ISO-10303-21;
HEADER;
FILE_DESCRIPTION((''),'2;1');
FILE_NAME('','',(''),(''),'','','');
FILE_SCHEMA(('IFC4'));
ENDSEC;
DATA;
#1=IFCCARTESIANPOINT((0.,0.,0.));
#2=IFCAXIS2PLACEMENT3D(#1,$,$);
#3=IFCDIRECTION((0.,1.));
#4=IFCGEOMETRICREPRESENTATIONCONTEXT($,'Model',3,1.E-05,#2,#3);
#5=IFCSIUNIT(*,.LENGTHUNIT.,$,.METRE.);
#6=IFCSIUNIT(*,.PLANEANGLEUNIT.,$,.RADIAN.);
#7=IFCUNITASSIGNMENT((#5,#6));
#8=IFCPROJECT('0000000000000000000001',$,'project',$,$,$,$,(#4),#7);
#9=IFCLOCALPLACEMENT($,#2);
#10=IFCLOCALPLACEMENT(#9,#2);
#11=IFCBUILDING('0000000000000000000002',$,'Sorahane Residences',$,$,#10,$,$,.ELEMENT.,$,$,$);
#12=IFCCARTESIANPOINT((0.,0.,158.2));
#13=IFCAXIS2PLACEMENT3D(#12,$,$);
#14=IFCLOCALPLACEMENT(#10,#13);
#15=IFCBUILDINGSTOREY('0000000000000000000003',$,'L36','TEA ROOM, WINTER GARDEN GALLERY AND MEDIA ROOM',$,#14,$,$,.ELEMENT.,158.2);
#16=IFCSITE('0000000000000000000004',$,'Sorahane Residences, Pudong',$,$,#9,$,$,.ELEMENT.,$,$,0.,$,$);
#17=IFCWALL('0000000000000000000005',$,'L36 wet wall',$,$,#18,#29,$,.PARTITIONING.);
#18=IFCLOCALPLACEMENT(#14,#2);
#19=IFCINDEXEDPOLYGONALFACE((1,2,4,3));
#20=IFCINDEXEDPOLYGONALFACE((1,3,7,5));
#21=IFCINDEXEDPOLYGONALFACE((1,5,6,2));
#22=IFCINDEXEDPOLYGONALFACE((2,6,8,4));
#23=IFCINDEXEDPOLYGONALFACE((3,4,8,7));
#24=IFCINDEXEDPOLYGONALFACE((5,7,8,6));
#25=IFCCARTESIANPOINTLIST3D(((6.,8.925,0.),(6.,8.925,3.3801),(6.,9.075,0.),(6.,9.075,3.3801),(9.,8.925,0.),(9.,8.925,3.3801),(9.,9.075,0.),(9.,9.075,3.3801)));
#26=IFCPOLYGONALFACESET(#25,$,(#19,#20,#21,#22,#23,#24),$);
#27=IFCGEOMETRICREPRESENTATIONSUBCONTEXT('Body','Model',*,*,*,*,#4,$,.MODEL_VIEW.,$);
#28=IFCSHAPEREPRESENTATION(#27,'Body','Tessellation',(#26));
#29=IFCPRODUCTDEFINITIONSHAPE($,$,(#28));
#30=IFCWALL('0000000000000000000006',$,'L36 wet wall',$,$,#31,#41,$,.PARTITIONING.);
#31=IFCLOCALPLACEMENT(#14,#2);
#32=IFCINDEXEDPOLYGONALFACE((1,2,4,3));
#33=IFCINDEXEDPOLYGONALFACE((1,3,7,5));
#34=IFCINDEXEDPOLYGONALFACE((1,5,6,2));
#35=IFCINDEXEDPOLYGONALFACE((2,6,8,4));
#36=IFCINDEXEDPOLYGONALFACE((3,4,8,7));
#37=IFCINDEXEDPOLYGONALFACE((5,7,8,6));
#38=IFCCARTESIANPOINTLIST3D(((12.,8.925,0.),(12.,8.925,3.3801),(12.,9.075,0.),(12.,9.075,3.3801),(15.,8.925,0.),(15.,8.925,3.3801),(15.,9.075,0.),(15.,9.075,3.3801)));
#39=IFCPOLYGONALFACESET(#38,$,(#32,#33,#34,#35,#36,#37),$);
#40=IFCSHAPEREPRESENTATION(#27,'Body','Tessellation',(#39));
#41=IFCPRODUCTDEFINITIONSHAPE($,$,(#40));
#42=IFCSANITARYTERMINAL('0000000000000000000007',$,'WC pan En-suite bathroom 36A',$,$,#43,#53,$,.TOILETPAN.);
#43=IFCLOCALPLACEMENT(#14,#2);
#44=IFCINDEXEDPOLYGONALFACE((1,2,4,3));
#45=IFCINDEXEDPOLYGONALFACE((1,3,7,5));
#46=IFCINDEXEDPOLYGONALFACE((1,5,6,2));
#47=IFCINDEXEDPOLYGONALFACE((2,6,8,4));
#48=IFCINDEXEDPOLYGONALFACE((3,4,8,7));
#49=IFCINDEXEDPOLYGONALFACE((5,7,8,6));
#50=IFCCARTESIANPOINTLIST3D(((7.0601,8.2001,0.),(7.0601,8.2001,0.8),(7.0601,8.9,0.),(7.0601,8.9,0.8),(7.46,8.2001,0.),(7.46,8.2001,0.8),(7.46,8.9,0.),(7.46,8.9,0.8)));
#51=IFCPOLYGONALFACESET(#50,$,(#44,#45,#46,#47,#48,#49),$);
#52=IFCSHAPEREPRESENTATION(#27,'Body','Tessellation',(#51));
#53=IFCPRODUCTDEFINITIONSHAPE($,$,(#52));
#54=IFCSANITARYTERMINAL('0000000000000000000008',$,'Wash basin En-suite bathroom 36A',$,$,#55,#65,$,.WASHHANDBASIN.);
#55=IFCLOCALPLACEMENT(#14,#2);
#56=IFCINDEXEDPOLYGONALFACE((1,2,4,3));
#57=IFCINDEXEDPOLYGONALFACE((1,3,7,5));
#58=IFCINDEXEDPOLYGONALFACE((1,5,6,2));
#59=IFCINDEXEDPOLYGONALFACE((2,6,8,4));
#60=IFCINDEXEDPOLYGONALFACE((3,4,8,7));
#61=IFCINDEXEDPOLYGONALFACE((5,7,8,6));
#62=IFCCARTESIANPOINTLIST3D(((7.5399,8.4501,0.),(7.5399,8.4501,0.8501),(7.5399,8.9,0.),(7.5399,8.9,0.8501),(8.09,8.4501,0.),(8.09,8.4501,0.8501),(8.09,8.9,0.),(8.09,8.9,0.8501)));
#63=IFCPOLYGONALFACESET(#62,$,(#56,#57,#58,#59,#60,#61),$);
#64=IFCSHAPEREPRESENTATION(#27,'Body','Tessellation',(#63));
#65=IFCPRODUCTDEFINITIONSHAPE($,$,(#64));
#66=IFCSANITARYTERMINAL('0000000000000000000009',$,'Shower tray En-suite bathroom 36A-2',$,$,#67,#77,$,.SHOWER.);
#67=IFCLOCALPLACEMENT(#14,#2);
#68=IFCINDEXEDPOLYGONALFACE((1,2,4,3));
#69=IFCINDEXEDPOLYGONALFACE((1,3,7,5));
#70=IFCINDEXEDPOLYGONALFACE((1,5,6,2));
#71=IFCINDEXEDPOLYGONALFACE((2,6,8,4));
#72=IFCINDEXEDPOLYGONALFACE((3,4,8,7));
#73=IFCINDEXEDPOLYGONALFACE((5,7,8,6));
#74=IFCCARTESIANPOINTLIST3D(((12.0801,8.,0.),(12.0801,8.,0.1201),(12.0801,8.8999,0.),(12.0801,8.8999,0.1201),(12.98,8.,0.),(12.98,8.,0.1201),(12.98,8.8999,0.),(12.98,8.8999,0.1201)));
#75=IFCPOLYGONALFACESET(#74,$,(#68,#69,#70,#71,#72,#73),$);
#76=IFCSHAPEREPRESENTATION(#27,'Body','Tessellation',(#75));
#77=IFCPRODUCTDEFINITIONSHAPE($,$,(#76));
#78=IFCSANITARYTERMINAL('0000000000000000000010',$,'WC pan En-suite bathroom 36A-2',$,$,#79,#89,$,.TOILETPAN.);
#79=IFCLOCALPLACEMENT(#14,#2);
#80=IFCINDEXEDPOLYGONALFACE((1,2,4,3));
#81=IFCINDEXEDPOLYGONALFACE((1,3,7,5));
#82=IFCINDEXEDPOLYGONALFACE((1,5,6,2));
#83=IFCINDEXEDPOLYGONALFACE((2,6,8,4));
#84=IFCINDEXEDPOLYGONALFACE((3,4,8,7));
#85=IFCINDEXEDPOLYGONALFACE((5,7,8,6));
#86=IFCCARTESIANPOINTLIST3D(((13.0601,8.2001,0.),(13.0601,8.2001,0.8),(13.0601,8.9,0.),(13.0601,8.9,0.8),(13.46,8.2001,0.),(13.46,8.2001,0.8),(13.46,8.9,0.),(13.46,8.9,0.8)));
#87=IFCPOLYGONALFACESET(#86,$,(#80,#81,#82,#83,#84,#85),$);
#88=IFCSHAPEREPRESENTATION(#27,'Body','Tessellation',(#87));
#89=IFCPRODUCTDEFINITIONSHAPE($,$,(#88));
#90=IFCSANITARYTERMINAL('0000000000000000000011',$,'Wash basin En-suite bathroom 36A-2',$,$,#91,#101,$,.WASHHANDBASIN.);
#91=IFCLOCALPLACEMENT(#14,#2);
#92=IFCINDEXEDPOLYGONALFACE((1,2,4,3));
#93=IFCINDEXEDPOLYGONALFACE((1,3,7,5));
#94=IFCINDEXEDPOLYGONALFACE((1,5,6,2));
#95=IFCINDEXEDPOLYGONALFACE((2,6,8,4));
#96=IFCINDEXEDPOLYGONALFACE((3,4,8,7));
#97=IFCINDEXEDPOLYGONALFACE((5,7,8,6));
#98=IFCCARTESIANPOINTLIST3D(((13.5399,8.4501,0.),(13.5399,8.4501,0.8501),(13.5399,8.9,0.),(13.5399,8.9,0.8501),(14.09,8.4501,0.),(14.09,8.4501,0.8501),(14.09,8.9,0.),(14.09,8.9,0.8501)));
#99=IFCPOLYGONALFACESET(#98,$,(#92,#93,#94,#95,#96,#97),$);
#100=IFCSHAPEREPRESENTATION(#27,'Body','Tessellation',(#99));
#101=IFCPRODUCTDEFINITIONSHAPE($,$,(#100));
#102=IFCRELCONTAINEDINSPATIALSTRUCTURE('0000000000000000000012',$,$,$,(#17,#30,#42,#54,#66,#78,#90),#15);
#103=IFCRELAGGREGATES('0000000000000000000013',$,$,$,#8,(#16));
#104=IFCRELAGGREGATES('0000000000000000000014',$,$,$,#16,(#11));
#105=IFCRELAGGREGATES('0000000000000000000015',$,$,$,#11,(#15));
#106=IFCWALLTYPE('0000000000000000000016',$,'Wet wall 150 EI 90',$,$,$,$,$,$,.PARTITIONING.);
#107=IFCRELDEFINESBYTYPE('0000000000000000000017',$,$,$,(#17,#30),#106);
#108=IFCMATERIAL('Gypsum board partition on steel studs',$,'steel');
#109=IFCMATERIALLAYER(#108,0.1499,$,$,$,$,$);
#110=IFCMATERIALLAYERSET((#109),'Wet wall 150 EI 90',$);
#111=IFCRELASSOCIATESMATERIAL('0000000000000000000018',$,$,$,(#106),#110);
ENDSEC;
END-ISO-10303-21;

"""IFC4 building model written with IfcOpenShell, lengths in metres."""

from ifc_helpers import new_model, si_unit, direction, frame, frame_2d, origin, origin_2d, place, context, subcontext, project, spatial, rectangle, extrude, material, layer, layer_set, type_object, element, save


model = new_model("IFC4")

# Units and contexts
model_context = context("Model", 3, precision=1e-05, world=origin(), true_north=direction((0.0, 1.0)))
body_context = subcontext(model_context, "Body", "Model", "MODEL_VIEW")
ifc_project = project(units=[si_unit("LENGTHUNIT", "METRE"), si_unit("PLANEANGLEUNIT", "RADIAN")], contexts=[model_context])

# Site, building, storey
site_placement = place(None, origin())
site = spatial("IfcSite", under=ifc_project, at=site_placement, Name="Sorahane Residences, Pudong", CompositionType="ELEMENT", RefElevation=0.0)
building_placement = place(site_placement, origin())
building = spatial("IfcBuilding", under=site, at=building_placement, Name="Sorahane Residences", CompositionType="ELEMENT")
storey_placement = place(building_placement, frame((0.0, 0.0, 158.2)))
storey = spatial("IfcBuildingStorey", under=building, at=storey_placement, Name="L36", Description="TEA ROOM, WINTER GARDEN GALLERY AND MEDIA ROOM", CompositionType="ELEMENT", Elevation=158.2)

# Walls
ifc_material_1 = material(Name="Gypsum board partition on steel studs", Category="steel")
ifc_layer_1 = layer(ifc_material_1, 0.1499)
ifc_layer_set_1 = layer_set([ifc_layer_1], Name="Wet wall 150 EI 90")
wall_type_1 = type_object("IfcWallType", Name="Wet wall 150 EI 90", PredefinedType="PARTITIONING", material=ifc_layer_set_1)
for number, where, z_axis, x_axis, name in (
    (1, (6.0, 9.0, 0.0), (0.0, 0.0, 1.0), (1.0, 0.0, 0.0), "L36 wet wall"),
    (2, (12.0, 9.0, 0.0), (0.0, 0.0, 1.0), (1.0, 0.0, 0.0), "L36 wet wall"),
):
    element("IfcWall", number, at=place(storey_placement, frame(where, z_axis=z_axis, x_axis=x_axis)), inside=storey, type_object=wall_type_1, Name=name, PredefinedType="PARTITIONING", context=body_context, shape_type="SweptSolid", body=[
        extrude(rectangle(XDim=3.0, YDim=0.1499, at=frame_2d((1.5, 0.0))), origin(), (0.0, 0.0, 1.0), 3.3801),
    ])

# Sanitary terminals
sanitary_terminal_1_placement = place(storey_placement, frame((7.26, 8.55, 0.0), z_axis=(0.0, 0.0, 1.0), x_axis=(1.0, 0.0, 0.0)))
element("IfcSanitaryTerminal", 3, at=sanitary_terminal_1_placement, inside=storey, Name="WC pan En-suite bathroom 36A", PredefinedType="TOILETPAN", context=body_context, shape_type="SweptSolid", body=[
    extrude(rectangle(XDim=0.3999, YDim=0.7, at=origin_2d()), origin(), (0.0, 0.0, 1.0), 0.8),
])
sanitary_terminal_2_placement = place(storey_placement, frame((7.8149, 8.675, 0.0), z_axis=(0.0, 0.0, 1.0), x_axis=(1.0, 0.0, 0.0)))
element("IfcSanitaryTerminal", 4, at=sanitary_terminal_2_placement, inside=storey, Name="Wash basin En-suite bathroom 36A", PredefinedType="WASHHANDBASIN", context=body_context, shape_type="SweptSolid", body=[
    extrude(rectangle(XDim=0.55, YDim=0.45, at=origin_2d()), origin(), (0.0, 0.0, 1.0), 0.8501),
])
sanitary_terminal_3_placement = place(storey_placement, frame((12.53, 8.45, 0.0), z_axis=(0.0, 0.0, 1.0), x_axis=(1.0, 0.0, 0.0)))
element("IfcSanitaryTerminal", 5, at=sanitary_terminal_3_placement, inside=storey, Name="Shower tray En-suite bathroom 36A-2", PredefinedType="SHOWER", context=body_context, shape_type="SweptSolid", body=[
    extrude(rectangle(XDim=0.8999, YDim=0.8999, at=origin_2d()), origin(), (0.0, 0.0, 1.0), 0.1201),
])
sanitary_terminal_4_placement = place(storey_placement, frame((13.26, 8.55, 0.0), z_axis=(0.0, 0.0, 1.0), x_axis=(1.0, 0.0, 0.0)))
element("IfcSanitaryTerminal", 6, at=sanitary_terminal_4_placement, inside=storey, Name="WC pan En-suite bathroom 36A-2", PredefinedType="TOILETPAN", context=body_context, shape_type="SweptSolid", body=[
    extrude(rectangle(XDim=0.3999, YDim=0.7, at=origin_2d()), origin(), (0.0, 0.0, 1.0), 0.8),
])
sanitary_terminal_5_placement = place(storey_placement, frame((13.8149, 8.675, 0.0), z_axis=(0.0, 0.0, 1.0), x_axis=(1.0, 0.0, 0.0)))
element("IfcSanitaryTerminal", 7, at=sanitary_terminal_5_placement, inside=storey, Name="Wash basin En-suite bathroom 36A-2", PredefinedType="WASHHANDBASIN", context=body_context, shape_type="SweptSolid", body=[
    extrude(rectangle(XDim=0.55, YDim=0.45, at=origin_2d()), origin(), (0.0, 0.0, 1.0), 0.8501),
])

save(model, "model.ifc")
